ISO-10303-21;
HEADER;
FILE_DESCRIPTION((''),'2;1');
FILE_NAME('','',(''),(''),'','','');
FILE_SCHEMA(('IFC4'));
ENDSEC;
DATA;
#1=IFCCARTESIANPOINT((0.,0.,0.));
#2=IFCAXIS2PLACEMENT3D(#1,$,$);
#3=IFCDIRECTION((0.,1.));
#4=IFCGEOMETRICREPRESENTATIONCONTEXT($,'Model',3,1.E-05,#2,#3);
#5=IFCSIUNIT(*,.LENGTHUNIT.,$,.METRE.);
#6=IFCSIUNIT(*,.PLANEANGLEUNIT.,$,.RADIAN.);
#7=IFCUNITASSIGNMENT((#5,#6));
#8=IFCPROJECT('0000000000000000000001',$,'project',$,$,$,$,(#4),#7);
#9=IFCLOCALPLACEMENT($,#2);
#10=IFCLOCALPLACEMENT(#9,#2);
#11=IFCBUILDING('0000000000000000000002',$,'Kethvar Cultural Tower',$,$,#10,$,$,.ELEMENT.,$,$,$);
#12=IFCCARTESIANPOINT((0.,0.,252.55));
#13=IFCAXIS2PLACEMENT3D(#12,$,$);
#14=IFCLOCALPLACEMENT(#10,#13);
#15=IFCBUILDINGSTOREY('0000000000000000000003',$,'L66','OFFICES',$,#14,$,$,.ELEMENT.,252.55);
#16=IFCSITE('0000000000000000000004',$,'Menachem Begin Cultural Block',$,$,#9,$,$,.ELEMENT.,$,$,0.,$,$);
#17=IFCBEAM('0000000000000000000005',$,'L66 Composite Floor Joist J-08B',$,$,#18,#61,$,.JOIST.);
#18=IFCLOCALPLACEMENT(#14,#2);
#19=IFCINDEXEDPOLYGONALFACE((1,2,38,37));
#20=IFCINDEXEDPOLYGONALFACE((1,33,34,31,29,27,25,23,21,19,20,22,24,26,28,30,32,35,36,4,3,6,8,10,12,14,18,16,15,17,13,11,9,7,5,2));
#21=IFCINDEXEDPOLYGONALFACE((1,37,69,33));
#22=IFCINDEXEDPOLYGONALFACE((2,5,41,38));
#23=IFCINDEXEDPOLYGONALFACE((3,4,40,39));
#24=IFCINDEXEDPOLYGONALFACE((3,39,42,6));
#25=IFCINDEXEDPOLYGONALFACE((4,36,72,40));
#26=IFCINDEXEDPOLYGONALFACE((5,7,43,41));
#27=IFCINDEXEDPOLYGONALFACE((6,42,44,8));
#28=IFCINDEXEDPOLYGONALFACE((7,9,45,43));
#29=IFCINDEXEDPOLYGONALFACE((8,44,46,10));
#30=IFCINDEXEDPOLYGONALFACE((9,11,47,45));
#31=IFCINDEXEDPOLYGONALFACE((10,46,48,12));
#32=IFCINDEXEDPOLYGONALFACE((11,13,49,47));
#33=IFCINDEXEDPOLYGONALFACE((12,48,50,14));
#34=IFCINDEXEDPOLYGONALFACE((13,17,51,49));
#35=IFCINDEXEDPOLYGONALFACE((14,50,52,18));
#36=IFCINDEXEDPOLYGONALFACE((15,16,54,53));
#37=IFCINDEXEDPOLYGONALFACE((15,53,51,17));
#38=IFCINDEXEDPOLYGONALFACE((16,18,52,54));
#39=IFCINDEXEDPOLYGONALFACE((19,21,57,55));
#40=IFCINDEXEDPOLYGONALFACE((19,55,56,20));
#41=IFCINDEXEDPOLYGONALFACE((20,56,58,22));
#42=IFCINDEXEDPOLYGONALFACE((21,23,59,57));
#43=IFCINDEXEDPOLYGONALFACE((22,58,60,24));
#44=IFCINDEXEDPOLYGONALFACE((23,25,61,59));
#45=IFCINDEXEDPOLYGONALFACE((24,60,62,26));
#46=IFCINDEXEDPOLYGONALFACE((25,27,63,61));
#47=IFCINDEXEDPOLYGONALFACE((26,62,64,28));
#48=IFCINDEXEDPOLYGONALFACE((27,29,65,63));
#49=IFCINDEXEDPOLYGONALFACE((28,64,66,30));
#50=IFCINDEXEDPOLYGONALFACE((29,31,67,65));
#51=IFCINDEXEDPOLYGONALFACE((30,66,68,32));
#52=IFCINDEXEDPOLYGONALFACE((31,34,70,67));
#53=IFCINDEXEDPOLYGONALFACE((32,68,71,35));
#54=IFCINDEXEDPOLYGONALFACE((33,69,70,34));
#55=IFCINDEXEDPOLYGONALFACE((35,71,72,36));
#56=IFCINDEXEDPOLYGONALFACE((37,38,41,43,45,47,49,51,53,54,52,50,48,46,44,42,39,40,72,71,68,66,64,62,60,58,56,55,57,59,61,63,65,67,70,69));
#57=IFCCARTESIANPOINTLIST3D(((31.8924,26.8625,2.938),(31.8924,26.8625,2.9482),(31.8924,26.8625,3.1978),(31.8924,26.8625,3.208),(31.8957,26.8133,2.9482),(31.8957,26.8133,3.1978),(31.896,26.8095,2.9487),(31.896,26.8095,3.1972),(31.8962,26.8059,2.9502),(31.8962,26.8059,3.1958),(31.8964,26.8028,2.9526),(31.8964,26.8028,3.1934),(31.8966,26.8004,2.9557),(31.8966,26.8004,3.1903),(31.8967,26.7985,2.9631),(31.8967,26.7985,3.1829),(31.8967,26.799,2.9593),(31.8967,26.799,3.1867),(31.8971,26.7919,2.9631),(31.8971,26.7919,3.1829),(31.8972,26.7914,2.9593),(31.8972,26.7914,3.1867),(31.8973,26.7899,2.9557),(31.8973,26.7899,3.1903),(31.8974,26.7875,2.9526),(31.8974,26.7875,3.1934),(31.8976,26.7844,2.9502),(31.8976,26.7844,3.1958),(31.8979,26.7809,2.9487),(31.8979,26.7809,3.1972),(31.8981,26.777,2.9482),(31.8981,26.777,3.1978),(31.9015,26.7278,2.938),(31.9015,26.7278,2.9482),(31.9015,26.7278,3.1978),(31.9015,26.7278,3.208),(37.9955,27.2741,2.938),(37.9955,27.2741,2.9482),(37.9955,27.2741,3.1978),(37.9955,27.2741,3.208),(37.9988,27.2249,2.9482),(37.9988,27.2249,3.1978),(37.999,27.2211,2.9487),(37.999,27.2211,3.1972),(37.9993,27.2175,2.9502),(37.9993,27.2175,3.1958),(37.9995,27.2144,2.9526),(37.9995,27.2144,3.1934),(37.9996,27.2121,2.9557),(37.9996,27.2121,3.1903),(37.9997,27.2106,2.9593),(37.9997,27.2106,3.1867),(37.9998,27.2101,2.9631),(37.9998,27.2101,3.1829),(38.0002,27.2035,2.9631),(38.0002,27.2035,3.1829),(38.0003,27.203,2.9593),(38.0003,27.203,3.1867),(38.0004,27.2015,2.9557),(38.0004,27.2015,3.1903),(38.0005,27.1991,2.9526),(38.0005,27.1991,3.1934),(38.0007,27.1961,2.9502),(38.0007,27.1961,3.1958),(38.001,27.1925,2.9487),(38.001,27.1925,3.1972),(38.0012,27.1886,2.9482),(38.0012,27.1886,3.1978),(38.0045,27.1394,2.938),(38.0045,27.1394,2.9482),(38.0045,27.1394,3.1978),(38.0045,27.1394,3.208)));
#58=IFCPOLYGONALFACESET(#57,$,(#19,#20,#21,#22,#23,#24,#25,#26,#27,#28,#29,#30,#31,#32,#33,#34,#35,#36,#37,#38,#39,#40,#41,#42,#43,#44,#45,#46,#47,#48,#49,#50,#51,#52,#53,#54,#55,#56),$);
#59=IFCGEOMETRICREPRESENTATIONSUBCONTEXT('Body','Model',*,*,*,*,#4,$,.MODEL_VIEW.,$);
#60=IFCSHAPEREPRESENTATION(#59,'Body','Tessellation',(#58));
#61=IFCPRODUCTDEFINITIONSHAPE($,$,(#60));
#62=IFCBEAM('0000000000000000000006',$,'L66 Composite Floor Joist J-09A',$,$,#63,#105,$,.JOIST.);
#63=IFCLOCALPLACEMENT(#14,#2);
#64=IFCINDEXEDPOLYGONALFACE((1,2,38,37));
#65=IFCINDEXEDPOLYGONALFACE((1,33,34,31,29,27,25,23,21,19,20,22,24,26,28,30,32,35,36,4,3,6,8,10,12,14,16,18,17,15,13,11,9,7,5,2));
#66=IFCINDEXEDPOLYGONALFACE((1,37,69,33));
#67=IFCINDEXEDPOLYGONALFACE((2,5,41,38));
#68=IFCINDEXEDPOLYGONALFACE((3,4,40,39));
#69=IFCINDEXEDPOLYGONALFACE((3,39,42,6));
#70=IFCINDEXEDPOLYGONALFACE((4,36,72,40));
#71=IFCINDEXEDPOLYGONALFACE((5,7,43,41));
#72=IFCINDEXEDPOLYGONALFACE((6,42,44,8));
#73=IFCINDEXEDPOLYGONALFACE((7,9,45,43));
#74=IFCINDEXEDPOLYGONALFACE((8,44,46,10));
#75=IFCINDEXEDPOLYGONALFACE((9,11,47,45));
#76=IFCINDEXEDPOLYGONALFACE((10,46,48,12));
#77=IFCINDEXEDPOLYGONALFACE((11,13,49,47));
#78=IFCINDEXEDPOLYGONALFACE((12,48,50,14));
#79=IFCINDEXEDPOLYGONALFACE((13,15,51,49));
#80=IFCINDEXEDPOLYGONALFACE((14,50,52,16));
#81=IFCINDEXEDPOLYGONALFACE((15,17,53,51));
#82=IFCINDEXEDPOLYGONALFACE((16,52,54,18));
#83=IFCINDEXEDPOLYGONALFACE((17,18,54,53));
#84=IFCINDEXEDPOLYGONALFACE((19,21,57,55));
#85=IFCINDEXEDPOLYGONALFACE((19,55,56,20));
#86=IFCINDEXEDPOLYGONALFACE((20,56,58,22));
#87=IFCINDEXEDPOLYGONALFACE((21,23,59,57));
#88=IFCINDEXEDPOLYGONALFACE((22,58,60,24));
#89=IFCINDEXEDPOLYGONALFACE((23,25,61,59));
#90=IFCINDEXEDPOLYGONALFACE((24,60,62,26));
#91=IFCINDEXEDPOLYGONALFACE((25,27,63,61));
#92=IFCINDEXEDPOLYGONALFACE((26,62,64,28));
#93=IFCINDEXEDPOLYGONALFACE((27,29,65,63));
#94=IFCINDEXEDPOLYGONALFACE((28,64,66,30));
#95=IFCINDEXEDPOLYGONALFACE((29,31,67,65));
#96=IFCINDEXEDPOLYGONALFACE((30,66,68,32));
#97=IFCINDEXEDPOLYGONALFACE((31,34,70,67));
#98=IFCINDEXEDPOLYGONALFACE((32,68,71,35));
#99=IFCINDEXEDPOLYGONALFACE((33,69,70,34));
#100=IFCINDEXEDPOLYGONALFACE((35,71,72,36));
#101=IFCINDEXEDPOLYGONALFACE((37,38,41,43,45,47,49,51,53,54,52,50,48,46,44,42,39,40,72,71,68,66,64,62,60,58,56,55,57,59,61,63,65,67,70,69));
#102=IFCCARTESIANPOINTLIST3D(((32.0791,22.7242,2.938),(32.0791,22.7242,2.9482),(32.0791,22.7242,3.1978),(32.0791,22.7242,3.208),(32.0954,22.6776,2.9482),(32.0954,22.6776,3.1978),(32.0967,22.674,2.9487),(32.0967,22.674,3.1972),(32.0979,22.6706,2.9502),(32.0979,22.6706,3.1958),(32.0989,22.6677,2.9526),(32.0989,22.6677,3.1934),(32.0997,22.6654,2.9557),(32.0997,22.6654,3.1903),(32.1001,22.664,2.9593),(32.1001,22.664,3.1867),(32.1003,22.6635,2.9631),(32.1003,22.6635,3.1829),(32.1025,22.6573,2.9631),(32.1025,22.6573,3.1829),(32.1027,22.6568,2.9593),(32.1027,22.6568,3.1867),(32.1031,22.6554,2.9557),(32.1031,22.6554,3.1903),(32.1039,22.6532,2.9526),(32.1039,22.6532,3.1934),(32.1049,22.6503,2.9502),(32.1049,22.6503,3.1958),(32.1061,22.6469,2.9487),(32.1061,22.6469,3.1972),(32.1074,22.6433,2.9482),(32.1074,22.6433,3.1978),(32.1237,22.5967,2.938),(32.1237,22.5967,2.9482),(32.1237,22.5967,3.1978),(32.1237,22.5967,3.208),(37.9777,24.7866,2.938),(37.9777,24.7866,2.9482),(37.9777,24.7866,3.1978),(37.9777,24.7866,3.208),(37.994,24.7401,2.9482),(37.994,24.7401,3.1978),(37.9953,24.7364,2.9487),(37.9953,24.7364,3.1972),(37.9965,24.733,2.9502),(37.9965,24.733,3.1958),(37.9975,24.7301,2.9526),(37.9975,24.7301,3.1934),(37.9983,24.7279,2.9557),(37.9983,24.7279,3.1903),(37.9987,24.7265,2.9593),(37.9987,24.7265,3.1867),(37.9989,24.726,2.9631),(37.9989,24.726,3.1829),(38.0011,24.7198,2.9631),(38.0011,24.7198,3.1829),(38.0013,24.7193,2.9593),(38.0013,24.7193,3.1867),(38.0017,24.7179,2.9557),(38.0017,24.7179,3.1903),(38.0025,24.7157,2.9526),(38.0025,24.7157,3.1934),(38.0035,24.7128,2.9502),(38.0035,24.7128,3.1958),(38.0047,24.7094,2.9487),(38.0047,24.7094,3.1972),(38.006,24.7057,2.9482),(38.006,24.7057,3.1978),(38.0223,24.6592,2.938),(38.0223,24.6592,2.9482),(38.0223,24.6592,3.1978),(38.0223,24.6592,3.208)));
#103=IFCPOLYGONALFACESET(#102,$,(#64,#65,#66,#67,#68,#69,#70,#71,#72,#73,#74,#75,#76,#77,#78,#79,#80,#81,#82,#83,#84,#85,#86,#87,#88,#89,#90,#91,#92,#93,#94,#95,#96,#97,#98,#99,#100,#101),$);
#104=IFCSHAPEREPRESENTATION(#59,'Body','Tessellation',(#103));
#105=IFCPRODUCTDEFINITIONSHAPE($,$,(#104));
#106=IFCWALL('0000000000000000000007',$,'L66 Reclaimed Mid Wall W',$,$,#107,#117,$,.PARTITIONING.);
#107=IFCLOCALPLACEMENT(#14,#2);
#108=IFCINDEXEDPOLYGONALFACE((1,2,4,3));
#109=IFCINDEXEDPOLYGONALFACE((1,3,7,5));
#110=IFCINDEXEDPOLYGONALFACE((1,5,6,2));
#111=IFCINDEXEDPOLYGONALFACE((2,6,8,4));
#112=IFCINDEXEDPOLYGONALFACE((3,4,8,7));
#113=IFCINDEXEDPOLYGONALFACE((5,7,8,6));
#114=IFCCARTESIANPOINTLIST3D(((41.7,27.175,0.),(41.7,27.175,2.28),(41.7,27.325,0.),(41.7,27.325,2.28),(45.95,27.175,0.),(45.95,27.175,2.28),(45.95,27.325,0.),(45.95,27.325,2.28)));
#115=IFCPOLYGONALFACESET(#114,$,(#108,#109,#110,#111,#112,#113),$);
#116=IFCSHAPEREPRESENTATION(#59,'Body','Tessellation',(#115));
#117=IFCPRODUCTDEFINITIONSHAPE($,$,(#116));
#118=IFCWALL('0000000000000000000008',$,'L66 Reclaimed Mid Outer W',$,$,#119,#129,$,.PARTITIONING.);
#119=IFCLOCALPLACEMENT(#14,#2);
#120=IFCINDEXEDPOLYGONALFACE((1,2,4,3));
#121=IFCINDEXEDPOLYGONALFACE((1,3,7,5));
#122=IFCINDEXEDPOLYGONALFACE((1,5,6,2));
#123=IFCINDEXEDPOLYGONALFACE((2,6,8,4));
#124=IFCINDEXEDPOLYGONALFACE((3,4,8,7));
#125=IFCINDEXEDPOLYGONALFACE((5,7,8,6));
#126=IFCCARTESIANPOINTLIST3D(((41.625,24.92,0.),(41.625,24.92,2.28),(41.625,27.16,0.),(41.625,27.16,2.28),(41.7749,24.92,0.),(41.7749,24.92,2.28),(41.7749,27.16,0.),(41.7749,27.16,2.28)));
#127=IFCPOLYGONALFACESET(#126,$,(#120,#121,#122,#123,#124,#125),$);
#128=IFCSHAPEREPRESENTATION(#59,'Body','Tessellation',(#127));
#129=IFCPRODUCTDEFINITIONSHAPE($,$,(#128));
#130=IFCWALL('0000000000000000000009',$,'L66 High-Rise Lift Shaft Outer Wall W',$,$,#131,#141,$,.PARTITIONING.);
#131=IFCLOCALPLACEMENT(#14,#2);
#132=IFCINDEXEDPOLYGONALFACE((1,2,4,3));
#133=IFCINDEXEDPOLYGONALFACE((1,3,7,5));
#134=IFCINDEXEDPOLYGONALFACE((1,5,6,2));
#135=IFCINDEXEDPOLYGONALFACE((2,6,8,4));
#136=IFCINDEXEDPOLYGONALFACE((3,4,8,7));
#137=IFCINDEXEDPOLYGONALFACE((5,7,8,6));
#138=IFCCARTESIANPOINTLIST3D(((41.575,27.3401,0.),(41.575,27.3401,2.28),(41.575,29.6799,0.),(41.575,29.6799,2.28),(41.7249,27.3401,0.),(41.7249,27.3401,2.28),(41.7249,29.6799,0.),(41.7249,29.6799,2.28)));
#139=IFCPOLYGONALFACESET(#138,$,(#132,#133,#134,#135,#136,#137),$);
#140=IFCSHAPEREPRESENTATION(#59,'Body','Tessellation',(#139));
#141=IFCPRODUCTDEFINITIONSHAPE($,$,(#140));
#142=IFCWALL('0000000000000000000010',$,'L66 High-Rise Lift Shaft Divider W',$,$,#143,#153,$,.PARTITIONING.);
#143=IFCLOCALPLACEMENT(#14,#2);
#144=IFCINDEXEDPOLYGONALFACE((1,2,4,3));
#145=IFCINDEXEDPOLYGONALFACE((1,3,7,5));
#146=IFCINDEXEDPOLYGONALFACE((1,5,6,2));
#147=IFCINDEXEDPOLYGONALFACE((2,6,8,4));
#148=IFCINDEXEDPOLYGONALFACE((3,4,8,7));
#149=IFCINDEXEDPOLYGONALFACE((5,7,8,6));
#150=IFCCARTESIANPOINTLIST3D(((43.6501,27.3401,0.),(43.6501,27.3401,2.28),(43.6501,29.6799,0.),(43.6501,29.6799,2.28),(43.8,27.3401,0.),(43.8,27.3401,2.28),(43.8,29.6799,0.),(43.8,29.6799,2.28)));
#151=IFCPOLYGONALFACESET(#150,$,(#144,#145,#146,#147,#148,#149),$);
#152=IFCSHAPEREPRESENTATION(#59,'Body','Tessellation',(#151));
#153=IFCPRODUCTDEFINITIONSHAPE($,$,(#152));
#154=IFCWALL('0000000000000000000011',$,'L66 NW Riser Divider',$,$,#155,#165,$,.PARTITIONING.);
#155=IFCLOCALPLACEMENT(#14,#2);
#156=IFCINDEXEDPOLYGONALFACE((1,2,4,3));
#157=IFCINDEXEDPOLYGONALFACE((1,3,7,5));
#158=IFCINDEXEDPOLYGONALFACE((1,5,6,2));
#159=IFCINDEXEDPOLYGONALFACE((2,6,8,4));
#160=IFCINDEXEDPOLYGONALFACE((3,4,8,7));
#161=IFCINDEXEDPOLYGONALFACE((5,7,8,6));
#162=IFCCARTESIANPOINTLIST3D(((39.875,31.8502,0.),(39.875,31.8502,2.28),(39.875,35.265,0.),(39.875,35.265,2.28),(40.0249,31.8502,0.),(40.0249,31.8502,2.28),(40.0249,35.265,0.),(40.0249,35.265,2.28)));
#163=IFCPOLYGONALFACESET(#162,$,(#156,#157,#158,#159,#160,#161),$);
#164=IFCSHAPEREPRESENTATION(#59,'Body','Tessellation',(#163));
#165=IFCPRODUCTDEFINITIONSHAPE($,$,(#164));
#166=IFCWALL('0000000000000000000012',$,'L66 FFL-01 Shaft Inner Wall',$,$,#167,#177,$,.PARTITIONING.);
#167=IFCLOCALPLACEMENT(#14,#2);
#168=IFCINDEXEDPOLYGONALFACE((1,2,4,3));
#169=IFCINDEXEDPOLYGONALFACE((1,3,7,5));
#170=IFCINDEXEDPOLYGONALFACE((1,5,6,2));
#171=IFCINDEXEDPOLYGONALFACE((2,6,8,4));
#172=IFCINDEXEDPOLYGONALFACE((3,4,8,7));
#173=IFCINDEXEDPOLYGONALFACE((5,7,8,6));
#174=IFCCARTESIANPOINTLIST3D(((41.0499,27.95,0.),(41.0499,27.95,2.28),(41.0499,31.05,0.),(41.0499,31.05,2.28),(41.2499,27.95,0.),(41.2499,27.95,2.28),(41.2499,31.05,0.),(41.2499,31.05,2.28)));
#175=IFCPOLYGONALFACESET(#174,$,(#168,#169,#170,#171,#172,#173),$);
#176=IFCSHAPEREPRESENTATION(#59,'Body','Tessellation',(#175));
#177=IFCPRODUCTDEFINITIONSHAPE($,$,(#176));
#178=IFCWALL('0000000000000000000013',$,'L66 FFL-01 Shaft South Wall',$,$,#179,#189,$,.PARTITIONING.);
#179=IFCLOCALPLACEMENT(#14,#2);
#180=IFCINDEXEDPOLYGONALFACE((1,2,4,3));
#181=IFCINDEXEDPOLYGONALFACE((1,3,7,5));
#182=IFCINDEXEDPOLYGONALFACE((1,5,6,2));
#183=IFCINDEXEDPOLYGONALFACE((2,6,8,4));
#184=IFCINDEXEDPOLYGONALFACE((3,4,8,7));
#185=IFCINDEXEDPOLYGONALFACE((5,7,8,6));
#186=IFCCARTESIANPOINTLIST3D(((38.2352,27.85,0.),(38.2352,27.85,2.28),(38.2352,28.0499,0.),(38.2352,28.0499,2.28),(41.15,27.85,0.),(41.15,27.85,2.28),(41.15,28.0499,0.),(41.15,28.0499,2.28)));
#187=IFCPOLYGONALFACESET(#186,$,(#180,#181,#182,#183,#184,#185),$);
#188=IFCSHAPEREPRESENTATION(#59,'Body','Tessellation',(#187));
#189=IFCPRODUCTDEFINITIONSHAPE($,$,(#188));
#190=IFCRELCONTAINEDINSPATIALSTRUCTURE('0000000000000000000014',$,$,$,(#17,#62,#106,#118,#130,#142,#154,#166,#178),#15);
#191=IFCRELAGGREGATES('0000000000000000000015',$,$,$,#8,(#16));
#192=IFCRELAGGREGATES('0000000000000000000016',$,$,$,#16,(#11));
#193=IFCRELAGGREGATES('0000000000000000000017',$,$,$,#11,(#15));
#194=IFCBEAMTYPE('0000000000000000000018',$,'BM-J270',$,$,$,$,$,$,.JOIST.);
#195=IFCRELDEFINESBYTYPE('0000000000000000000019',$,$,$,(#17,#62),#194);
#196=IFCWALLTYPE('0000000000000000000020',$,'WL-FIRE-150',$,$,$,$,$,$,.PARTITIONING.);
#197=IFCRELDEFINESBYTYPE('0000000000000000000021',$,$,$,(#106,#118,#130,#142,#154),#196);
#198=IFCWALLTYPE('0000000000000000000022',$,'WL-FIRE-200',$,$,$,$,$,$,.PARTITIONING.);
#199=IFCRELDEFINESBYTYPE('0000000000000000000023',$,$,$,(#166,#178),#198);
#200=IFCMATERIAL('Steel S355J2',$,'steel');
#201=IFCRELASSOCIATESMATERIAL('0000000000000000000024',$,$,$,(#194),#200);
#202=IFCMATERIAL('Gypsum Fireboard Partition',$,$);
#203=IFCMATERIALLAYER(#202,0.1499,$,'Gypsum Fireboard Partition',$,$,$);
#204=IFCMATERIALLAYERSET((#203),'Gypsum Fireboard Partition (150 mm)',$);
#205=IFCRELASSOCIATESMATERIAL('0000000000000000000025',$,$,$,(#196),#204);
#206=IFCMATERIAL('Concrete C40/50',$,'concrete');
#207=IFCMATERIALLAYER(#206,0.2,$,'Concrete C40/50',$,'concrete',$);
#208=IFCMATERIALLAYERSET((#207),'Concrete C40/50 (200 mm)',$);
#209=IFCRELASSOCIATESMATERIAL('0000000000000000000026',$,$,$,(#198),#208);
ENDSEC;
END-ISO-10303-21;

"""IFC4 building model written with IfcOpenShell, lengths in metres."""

from ifc_helpers import new_model, si_unit, direction, frame, frame_2d, origin, origin_2d, place, context, subcontext, project, spatial, rectangle, i_section, extrude, source, transform, mapped, material, layer, layer_set, material_profile, profile_set, type_object, element, save


model = new_model("IFC4")

# Units and contexts
model_context = context("Model", 3, precision=1e-05, world=origin(), true_north=direction((0.0, 1.0)))
body_context = subcontext(model_context, "Body", "Model", "MODEL_VIEW")
ifc_project = project(units=[si_unit("LENGTHUNIT", "METRE"), si_unit("PLANEANGLEUNIT", "RADIAN")], contexts=[model_context])

# Site, building, storey
site_placement = place(None, origin())
site = spatial("IfcSite", under=ifc_project, at=site_placement, Name="Menachem Begin Cultural Block", CompositionType="ELEMENT", RefElevation=0.0)
building_placement = place(site_placement, origin())
building = spatial("IfcBuilding", under=site, at=building_placement, Name="Kethvar Cultural Tower", CompositionType="ELEMENT")
storey_placement = place(building_placement, frame((0.0, 0.0, 252.55)))
storey = spatial("IfcBuildingStorey", under=building, at=storey_placement, Name="L66", Description="OFFICES", CompositionType="ELEMENT", Elevation=252.55)

# Beams
ifc_material_1 = material(Name="Steel S355J2", Category="steel")
ifc_material_profile_1 = material_profile(ifc_material_1, i_section(OverallWidth=0.135, OverallDepth=0.27, WebThickness=0.0066, FlangeThickness=0.0103, FilletRadius=0.0149, at=origin_2d()), Name="Steel S355J2 — IPE270")
ifc_profile_set_1 = profile_set([ifc_material_profile_1], Name="Steel S355J2 — IPE270")
beam_type_1 = type_object("IfcBeamType", Name="BM-J270", PredefinedType="JOIST", material=ifc_profile_set_1)
shared_shape_1 = source(origin(), body_context, "Body", "SweptSolid", [
    extrude(i_section(OverallWidth=0.135, OverallDepth=0.27, WebThickness=0.0066, FlangeThickness=0.0103, FilletRadius=0.0149, at=origin_2d()), origin(), (0.0, 0.0, 1.0), 6.1169),
])
beam_1_placement = place(storey_placement, frame((38.0, 27.2068, 3.073), z_axis=(-0.997733, -0.067293, 0.0), x_axis=(0.067293, -0.997733, 0.0)))
element("IfcBeam", 1, at=beam_1_placement, inside=storey, type_object=beam_type_1, Name="L66 Composite Floor Joist J-08B", PredefinedType="JOIST", context=body_context, shape_type="MappedRepresentation", body=[
    mapped(shared_shape_1, transform((0.0, 0.0, 0.0), scale=1.0)),
])
shared_shape_2 = source(origin(), body_context, "Body", "SweptSolid", [
    extrude(i_section(OverallWidth=0.135, OverallDepth=0.27, WebThickness=0.0066, FlangeThickness=0.0103, FilletRadius=0.0149, at=origin_2d()), origin(), (0.0, 0.0, 1.0), 6.2488),
])
beam_2_placement = place(storey_placement, frame((38.0, 24.7229, 3.073), z_axis=(-0.94396, -0.33006, 0.0), x_axis=(0.33006, -0.94396, 0.0)))
element("IfcBeam", 2, at=beam_2_placement, inside=storey, type_object=beam_type_1, Name="L66 Composite Floor Joist J-09A", PredefinedType="JOIST", context=body_context, shape_type="MappedRepresentation", body=[
    mapped(shared_shape_2, transform((0.0, 0.0, 0.0), scale=1.0)),
])

# Walls
ifc_material_2 = material(Name="Gypsum Fireboard Partition")
ifc_layer_1 = layer(ifc_material_2, 0.1499, Name="Gypsum Fireboard Partition")
ifc_layer_set_1 = layer_set([ifc_layer_1], Name="Gypsum Fireboard Partition (150 mm)")
wall_type_1 = type_object("IfcWallType", Name="WL-FIRE-150", PredefinedType="PARTITIONING", material=ifc_layer_set_1)
wall_1_placement = place(storey_placement, frame((41.7, 27.25, 0.0), z_axis=(0.0, 0.0, 1.0), x_axis=(1.0, 0.0, 0.0)))
element("IfcWall", 3, at=wall_1_placement, inside=storey, type_object=wall_type_1, Name="L66 Reclaimed Mid Wall W", PredefinedType="PARTITIONING", context=body_context, shape_type="SweptSolid", body=[
    extrude(rectangle(XDim=4.25, YDim=0.1499, at=frame_2d((2.125, 0.0))), origin(), (0.0, 0.0, 1.0), 2.28),
])
wall_2_placement = place(storey_placement, frame((41.7, 24.9199, 0.0), z_axis=(0.0, 0.0, 1.0), x_axis=(0.0, 1.0, 0.0)))
element("IfcWall", 4, at=wall_2_placement, inside=storey, type_object=wall_type_1, Name="L66 Reclaimed Mid Outer W", PredefinedType="PARTITIONING", context=body_context, shape_type="SweptSolid", body=[
    extrude(rectangle(XDim=2.24, YDim=0.1499, at=frame_2d((1.1201, 0.0))), origin(), (0.0, 0.0, 1.0), 2.28),
])

# Walls
for number, where, z_axis, x_axis, name in (
    (5, (41.6499, 27.3401, 0.0), (0.0, 0.0, 1.0), (0.0, 1.0, 0.0), "L66 High-Rise Lift Shaft Outer Wall W"),
    (6, (43.7251, 27.3401, 0.0), (0.0, 0.0, 1.0), (0.0, 1.0, 0.0), "L66 High-Rise Lift Shaft Divider W"),
):
    element("IfcWall", number, at=place(storey_placement, frame(where, z_axis=z_axis, x_axis=x_axis)), inside=storey, type_object=wall_type_1, Name=name, PredefinedType="PARTITIONING", context=body_context, shape_type="SweptSolid", body=[
        extrude(rectangle(XDim=2.3398, YDim=0.1499, at=frame_2d((1.1699, 0.0))), origin(), (0.0, 0.0, 1.0), 2.28),
    ])
wall_3_placement = place(storey_placement, frame((39.95, 31.8501, 0.0), z_axis=(0.0, 0.0, 1.0), x_axis=(0.0, 1.0, 0.0)))
element("IfcWall", 7, at=wall_3_placement, inside=storey, type_object=wall_type_1, Name="L66 NW Riser Divider", PredefinedType="PARTITIONING", context=body_context, shape_type="SweptSolid", body=[
    extrude(rectangle(XDim=3.4148, YDim=0.1499, at=frame_2d((1.7075, 0.0))), origin(), (0.0, 0.0, 1.0), 2.28),
])
ifc_material_3 = material(Name="Concrete C40/50", Category="concrete")
ifc_layer_2 = layer(ifc_material_3, 0.2, Name="Concrete C40/50", Category="concrete")
ifc_layer_set_2 = layer_set([ifc_layer_2], Name="Concrete C40/50 (200 mm)")
wall_type_2 = type_object("IfcWallType", Name="WL-FIRE-200", PredefinedType="PARTITIONING", material=ifc_layer_set_2)
wall_4_placement = place(storey_placement, frame((41.1499, 27.95, 0.0), z_axis=(0.0, 0.0, 1.0), x_axis=(0.0, 1.0, 0.0)))
element("IfcWall", 8, at=wall_4_placement, inside=storey, type_object=wall_type_2, Name="L66 FFL-01 Shaft Inner Wall", PredefinedType="PARTITIONING", context=body_context, shape_type="SweptSolid", body=[
    extrude(rectangle(XDim=3.1001, YDim=0.2, at=frame_2d((1.55, 0.0))), origin(), (0.0, 0.0, 1.0), 2.28),
])
for number, where, z_axis, x_axis, name in (
    (9, (38.2351, 27.95, 0.0), (0.0, 0.0, 1.0), (1.0, 0.0, 0.0), "L66 FFL-01 Shaft South Wall"),
):
    element("IfcWall", number, at=place(storey_placement, frame(where, z_axis=z_axis, x_axis=x_axis)), inside=storey, type_object=wall_type_2, Name=name, PredefinedType="PARTITIONING", context=body_context, shape_type="SweptSolid", body=[
        extrude(rectangle(XDim=2.9148, YDim=0.2, at=frame_2d((1.4575, 0.0))), origin(), (0.0, 0.0, 1.0), 2.28),
    ])

save(model, "model.ifc")
